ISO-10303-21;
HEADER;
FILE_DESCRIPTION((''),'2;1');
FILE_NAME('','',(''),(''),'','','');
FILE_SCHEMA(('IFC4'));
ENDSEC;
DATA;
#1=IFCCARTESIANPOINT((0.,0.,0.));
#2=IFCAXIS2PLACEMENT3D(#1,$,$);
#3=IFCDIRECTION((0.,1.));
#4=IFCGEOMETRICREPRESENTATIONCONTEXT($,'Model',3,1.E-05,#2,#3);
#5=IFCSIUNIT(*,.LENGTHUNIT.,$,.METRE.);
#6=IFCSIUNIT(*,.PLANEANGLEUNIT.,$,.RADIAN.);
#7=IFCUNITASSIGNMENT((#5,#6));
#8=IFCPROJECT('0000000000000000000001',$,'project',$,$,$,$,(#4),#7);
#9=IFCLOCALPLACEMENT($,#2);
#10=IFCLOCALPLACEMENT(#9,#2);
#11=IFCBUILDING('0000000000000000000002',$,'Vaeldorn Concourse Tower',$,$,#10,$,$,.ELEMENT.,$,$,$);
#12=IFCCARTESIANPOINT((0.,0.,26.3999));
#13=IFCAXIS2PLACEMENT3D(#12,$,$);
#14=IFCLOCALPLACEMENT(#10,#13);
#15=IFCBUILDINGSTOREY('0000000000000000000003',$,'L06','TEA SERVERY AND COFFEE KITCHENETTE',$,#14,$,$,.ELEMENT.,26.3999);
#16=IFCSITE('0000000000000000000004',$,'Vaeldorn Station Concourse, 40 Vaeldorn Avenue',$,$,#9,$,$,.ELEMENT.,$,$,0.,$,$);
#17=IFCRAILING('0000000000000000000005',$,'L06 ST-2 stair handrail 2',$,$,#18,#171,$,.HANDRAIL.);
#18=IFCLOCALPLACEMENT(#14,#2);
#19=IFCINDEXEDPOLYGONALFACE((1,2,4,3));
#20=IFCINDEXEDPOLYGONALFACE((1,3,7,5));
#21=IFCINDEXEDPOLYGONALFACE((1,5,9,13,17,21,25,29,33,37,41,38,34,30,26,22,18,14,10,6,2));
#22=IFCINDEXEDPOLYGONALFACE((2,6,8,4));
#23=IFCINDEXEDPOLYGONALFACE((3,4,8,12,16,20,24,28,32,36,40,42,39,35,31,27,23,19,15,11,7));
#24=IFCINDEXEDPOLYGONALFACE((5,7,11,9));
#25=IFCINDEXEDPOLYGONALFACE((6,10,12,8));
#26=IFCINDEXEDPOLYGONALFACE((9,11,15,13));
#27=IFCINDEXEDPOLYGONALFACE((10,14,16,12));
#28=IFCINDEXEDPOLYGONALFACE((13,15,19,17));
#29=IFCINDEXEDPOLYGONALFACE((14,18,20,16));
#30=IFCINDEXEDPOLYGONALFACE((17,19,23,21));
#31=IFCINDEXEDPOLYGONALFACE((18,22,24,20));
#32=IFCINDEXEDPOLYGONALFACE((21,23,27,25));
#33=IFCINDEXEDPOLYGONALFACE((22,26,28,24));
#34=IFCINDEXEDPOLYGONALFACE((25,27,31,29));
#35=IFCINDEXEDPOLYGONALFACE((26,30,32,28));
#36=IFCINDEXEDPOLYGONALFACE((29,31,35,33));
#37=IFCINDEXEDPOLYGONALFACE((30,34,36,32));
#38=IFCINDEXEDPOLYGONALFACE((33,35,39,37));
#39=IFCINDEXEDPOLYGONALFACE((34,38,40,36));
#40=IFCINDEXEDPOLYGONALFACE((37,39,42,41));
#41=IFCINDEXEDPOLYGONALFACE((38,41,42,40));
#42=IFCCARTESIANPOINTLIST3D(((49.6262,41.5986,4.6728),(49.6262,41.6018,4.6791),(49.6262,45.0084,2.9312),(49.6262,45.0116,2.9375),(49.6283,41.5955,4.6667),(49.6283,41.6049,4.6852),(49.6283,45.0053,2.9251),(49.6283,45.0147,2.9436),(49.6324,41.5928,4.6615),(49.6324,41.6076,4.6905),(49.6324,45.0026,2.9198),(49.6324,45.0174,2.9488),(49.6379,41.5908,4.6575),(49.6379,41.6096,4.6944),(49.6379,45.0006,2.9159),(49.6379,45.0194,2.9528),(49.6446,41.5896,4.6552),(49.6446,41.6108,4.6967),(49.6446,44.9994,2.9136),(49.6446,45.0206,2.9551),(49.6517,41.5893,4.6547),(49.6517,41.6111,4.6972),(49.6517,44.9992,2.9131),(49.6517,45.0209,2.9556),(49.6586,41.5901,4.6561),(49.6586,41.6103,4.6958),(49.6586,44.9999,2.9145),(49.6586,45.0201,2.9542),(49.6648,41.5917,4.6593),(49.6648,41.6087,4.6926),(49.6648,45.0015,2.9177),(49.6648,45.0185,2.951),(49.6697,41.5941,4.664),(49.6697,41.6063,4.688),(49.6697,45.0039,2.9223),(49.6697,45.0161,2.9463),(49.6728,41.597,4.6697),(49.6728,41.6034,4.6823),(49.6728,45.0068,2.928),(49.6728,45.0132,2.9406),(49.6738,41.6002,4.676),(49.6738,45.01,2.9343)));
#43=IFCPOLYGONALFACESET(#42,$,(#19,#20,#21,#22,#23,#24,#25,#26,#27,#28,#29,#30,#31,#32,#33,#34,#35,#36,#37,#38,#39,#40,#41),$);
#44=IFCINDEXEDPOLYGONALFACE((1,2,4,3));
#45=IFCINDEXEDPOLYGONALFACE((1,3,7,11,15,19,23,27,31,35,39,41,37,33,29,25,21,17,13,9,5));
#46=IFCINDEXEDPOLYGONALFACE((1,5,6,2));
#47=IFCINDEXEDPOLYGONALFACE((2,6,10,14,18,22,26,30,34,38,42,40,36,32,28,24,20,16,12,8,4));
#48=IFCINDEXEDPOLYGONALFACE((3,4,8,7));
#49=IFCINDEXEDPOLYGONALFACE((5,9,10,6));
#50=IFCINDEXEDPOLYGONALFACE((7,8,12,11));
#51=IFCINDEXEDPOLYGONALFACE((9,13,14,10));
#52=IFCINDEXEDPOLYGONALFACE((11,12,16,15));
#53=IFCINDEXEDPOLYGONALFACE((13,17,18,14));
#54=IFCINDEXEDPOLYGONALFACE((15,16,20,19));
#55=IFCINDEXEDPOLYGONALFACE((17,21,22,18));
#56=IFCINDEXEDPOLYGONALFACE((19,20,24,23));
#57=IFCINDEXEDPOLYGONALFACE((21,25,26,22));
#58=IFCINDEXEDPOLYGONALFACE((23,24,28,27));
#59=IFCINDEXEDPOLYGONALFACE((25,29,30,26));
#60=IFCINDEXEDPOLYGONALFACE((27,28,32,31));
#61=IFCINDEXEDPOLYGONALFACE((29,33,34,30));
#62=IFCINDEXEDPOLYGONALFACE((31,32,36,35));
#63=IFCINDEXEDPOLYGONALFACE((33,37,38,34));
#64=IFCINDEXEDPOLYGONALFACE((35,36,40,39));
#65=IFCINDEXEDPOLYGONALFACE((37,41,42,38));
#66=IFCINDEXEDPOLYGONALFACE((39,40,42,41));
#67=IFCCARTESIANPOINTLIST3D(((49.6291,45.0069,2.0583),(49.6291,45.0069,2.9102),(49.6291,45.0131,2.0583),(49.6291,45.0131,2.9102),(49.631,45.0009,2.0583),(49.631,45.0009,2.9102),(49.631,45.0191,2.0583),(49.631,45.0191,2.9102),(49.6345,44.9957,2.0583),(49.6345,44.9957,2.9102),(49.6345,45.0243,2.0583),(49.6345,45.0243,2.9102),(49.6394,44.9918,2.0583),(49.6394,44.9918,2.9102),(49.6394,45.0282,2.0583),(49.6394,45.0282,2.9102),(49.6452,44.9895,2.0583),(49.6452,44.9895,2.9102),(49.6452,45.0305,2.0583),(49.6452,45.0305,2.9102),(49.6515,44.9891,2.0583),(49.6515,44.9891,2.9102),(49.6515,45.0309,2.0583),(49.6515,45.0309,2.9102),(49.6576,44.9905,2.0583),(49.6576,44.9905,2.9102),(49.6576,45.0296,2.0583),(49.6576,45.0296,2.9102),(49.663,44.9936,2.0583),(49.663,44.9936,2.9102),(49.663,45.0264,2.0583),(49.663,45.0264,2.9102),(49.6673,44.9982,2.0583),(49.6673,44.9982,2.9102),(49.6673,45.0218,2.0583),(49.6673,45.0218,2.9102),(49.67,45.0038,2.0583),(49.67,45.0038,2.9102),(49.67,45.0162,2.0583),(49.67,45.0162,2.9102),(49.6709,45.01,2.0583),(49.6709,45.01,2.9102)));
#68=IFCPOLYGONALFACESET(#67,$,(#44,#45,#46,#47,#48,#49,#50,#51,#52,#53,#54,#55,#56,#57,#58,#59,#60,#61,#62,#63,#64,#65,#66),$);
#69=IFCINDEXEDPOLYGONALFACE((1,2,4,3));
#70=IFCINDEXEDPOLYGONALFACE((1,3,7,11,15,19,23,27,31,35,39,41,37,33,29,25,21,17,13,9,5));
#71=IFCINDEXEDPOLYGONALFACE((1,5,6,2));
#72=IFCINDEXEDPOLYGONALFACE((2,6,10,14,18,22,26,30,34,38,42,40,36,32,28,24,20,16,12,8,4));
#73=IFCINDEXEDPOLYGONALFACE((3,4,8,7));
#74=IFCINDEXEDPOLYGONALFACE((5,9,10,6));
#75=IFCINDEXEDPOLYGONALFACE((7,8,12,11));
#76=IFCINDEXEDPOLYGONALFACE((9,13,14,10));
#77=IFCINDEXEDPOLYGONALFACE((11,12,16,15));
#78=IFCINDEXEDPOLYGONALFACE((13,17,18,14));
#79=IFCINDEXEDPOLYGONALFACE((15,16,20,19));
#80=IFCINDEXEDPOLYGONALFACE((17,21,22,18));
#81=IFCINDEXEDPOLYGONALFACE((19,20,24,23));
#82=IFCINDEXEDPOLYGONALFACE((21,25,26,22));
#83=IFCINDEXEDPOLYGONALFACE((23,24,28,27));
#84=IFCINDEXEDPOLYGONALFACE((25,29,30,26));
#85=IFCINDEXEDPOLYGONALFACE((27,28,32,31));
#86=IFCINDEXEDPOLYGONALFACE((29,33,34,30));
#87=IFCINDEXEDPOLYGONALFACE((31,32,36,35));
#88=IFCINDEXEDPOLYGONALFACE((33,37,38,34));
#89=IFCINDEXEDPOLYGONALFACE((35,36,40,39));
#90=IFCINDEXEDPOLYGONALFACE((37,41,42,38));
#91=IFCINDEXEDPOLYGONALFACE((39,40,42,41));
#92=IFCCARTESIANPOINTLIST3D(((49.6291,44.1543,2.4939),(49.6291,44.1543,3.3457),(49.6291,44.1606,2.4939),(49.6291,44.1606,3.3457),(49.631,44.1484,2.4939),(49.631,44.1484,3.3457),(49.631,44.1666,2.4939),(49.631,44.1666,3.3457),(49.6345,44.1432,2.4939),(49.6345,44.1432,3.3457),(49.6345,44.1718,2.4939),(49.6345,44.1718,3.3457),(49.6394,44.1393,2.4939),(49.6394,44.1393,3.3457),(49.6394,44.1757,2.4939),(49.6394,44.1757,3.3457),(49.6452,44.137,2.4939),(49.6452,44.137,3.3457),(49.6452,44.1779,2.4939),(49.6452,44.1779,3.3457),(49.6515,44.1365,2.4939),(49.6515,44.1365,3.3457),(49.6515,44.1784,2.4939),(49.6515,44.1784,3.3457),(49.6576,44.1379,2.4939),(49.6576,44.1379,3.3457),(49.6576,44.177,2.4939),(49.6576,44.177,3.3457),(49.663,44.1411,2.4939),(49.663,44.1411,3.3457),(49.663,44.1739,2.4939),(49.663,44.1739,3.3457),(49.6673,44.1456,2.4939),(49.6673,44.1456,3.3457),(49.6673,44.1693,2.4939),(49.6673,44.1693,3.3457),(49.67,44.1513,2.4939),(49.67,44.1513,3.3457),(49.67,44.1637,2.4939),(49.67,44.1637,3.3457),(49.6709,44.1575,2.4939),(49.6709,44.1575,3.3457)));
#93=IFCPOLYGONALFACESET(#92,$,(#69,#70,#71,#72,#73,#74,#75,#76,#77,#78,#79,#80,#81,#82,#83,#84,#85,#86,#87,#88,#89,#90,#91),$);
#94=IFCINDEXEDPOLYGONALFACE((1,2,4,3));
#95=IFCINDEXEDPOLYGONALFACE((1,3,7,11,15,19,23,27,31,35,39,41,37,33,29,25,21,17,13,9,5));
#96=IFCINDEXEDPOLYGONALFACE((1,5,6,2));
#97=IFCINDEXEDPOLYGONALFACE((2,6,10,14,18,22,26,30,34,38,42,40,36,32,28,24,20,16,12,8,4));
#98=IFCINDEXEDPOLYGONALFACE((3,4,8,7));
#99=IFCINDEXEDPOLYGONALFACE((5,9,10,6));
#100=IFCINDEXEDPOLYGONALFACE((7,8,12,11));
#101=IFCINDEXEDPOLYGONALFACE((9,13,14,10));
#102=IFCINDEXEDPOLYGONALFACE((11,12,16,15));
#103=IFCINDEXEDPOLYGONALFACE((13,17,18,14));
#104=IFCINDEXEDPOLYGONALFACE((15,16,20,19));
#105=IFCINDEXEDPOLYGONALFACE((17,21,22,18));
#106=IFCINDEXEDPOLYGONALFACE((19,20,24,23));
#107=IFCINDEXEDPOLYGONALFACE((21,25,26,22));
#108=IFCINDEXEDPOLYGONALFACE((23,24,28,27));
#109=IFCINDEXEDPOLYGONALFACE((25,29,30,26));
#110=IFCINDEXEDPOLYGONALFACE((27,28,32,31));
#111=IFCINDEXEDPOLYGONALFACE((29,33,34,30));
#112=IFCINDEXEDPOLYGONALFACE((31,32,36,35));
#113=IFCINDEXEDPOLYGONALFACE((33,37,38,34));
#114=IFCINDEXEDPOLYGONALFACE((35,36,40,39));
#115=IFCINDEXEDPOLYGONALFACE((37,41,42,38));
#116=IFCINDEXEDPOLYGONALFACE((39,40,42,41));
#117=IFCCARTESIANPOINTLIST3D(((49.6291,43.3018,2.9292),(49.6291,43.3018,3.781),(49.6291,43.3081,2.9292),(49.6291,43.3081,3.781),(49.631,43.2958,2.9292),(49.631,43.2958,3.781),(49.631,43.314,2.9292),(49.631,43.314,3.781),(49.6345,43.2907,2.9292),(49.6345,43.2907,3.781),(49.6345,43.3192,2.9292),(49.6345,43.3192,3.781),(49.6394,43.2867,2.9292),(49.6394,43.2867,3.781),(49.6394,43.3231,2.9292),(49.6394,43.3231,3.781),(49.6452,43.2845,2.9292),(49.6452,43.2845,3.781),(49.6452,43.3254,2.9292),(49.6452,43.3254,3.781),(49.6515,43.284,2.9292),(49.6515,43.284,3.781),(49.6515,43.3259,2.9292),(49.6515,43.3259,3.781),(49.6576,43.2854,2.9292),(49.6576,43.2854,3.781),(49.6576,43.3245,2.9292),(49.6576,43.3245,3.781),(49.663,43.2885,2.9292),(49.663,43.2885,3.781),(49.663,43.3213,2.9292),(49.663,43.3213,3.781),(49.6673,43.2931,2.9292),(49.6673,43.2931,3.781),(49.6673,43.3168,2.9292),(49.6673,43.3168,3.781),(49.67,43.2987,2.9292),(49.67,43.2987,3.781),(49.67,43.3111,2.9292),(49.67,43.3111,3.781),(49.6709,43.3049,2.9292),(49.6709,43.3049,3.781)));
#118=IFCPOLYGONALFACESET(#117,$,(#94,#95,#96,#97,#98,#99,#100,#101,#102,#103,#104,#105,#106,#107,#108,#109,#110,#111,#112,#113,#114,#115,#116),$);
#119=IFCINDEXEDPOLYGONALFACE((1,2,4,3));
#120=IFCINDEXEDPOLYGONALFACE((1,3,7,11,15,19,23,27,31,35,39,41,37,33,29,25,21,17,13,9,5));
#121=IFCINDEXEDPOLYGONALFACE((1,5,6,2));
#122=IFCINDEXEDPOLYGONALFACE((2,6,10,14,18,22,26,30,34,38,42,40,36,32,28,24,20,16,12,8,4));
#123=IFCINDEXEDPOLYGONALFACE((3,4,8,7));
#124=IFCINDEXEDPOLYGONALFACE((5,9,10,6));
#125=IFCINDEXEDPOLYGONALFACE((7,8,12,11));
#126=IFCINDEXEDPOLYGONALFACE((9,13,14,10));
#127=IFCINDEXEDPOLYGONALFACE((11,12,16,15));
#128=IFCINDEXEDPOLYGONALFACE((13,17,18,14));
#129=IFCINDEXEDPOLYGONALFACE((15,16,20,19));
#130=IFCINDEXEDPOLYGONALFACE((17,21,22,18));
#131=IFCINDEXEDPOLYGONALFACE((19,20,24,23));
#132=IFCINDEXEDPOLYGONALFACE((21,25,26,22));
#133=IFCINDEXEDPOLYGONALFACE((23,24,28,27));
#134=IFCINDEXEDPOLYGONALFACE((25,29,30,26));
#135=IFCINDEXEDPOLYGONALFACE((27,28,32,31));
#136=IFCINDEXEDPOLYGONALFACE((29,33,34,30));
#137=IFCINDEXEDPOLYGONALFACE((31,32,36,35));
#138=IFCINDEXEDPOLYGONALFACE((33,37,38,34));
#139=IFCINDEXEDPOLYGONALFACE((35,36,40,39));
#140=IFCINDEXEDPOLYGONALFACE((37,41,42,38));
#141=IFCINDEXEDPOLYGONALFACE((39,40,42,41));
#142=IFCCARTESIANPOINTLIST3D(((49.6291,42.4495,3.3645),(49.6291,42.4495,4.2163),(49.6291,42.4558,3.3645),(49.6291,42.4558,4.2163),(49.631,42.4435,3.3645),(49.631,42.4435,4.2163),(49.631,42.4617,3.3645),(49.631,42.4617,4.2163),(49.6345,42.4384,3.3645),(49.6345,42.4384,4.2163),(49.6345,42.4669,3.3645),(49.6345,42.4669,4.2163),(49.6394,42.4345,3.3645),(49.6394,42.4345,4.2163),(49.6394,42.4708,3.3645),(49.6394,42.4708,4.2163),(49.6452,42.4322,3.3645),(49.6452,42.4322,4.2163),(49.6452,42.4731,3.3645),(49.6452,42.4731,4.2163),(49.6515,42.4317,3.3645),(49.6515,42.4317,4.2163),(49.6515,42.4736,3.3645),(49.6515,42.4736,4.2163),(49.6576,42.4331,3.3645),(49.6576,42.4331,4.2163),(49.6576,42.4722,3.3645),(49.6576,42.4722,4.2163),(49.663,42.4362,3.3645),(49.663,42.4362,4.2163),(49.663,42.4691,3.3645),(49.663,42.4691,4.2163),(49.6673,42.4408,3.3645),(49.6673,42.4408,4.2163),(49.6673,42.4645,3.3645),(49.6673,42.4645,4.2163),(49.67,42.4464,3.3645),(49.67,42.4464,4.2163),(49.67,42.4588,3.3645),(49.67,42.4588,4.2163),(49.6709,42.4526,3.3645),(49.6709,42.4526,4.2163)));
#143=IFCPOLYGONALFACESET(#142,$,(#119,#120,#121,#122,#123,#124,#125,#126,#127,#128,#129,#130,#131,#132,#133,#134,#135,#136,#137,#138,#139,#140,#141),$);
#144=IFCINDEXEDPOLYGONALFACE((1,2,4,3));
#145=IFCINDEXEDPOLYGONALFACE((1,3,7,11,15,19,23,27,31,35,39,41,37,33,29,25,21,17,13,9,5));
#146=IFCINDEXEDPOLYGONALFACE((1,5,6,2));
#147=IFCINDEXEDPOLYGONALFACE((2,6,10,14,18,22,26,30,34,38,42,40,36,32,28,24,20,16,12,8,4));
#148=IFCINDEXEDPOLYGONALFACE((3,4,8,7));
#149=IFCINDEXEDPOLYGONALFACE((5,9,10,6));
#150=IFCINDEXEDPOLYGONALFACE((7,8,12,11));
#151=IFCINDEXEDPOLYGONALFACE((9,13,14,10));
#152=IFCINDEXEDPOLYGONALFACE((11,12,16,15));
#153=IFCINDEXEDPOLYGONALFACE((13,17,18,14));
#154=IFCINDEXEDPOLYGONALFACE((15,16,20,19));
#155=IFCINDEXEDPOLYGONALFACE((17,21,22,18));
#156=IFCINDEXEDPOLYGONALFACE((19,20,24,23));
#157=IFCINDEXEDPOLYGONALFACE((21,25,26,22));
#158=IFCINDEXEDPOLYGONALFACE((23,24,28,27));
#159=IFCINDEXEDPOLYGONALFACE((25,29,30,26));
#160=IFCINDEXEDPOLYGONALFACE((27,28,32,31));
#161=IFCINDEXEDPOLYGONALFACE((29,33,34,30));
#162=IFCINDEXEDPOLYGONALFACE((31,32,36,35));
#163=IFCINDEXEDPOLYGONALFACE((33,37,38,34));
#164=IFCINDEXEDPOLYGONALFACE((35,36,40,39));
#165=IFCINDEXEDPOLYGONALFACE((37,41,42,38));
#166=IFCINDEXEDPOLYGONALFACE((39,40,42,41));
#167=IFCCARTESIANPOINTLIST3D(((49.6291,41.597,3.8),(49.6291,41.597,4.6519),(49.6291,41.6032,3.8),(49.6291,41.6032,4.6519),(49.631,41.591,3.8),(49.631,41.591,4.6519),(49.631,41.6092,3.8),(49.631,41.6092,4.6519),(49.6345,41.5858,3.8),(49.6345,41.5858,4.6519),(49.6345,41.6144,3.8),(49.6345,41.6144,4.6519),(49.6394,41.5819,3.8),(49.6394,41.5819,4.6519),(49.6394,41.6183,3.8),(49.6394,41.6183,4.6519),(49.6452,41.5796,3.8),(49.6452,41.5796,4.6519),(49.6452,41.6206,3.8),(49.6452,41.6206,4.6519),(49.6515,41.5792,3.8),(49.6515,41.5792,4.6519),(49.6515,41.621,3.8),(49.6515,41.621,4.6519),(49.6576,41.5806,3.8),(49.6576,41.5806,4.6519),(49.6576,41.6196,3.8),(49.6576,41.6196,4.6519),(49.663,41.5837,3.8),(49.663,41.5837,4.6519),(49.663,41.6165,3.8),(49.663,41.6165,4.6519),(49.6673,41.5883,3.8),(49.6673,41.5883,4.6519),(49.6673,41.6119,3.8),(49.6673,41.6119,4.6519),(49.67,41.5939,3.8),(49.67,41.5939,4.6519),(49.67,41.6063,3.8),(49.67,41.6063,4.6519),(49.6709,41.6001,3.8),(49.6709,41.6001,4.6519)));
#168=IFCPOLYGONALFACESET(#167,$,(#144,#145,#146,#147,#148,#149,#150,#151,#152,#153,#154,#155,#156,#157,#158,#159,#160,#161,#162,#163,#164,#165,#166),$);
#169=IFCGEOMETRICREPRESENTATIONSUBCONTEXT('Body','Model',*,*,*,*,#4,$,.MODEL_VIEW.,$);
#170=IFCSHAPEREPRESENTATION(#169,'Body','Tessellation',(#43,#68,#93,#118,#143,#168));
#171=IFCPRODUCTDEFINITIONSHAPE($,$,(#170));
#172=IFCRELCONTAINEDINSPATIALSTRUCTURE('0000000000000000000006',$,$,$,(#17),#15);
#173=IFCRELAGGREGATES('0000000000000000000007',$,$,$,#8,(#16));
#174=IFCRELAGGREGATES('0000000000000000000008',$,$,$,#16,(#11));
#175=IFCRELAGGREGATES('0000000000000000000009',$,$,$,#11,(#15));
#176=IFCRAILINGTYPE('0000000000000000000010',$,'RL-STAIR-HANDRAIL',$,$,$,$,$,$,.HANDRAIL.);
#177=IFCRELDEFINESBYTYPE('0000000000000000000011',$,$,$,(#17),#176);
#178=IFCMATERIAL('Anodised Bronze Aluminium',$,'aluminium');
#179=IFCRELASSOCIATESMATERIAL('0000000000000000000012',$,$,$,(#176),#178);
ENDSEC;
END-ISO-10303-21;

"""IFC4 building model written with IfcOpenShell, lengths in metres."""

from ifc_helpers import new_model, si_unit, direction, frame, origin, origin_2d, place, context, subcontext, project, spatial, circle, extrude, material, type_object, element, save


model = new_model("IFC4")

# Units and contexts
model_context = context("Model", 3, precision=1e-05, world=origin(), true_north=direction((0.0, 1.0)))
body_context = subcontext(model_context, "Body", "Model", "MODEL_VIEW")
ifc_project = project(units=[si_unit("LENGTHUNIT", "METRE"), si_unit("PLANEANGLEUNIT", "RADIAN")], contexts=[model_context])

# Site, building, storey
site_placement = place(None, origin())
site = spatial("IfcSite", under=ifc_project, at=site_placement, Name="Vaeldorn Station Concourse, 40 Vaeldorn Avenue", CompositionType="ELEMENT", RefElevation=0.0)
building_placement = place(site_placement, origin())
building = spatial("IfcBuilding", under=site, at=building_placement, Name="Vaeldorn Concourse Tower", CompositionType="ELEMENT")
storey_placement = place(building_placement, frame((0.0, 0.0, 26.3999)))
storey = spatial("IfcBuildingStorey", under=building, at=storey_placement, Name="L06", Description="TEA SERVERY AND COFFEE KITCHENETTE", CompositionType="ELEMENT", Elevation=26.3999)

# Shared definitions
ifc_material_1 = material(Name="Anodised Bronze Aluminium", Category="aluminium")

# Railing
railing_type_1 = type_object("IfcRailingType", Name="RL-STAIR-HANDRAIL", PredefinedType="HANDRAIL", material=ifc_material_1)
railing_1_placement = place(storey_placement, frame((49.6499, 45.01, 2.0583)))
element("IfcRailing", 1, at=railing_1_placement, inside=storey, type_object=railing_type_1, Name="L06 ST-2 stair handrail 2", PredefinedType="HANDRAIL", context=body_context, shape_type="SweptSolid", body=[
    extrude(circle(Radius=0.0239, at=origin_2d()), frame((0.0, 0.0, 0.876), z_axis=(0.0, -0.890556, 0.454874), x_axis=(1.0, 0.0, 0.0)), (0.0, 0.0, 1.0), 3.8289),
    extrude(circle(Radius=0.021, at=origin_2d()), origin(), (0.0, 0.0, 1.0), 0.8518),
    extrude(circle(Radius=0.021, at=origin_2d()), frame((0.0, -0.8525, 0.4355)), (0.0, 0.0, 1.0), 0.8518),
    extrude(circle(Radius=0.021, at=origin_2d()), frame((0.0, -1.7051, 0.8708)), (0.0, 0.0, 1.0), 0.8518),
    extrude(circle(Radius=0.021, at=origin_2d()), frame((0.0, -2.5574, 1.3062)), (0.0, 0.0, 1.0), 0.8518),
    extrude(circle(Radius=0.021, at=origin_2d()), frame((0.0, -3.4099, 1.7417)), (0.0, 0.0, 1.0), 0.8518),
])

save(model, "model.ifc")
